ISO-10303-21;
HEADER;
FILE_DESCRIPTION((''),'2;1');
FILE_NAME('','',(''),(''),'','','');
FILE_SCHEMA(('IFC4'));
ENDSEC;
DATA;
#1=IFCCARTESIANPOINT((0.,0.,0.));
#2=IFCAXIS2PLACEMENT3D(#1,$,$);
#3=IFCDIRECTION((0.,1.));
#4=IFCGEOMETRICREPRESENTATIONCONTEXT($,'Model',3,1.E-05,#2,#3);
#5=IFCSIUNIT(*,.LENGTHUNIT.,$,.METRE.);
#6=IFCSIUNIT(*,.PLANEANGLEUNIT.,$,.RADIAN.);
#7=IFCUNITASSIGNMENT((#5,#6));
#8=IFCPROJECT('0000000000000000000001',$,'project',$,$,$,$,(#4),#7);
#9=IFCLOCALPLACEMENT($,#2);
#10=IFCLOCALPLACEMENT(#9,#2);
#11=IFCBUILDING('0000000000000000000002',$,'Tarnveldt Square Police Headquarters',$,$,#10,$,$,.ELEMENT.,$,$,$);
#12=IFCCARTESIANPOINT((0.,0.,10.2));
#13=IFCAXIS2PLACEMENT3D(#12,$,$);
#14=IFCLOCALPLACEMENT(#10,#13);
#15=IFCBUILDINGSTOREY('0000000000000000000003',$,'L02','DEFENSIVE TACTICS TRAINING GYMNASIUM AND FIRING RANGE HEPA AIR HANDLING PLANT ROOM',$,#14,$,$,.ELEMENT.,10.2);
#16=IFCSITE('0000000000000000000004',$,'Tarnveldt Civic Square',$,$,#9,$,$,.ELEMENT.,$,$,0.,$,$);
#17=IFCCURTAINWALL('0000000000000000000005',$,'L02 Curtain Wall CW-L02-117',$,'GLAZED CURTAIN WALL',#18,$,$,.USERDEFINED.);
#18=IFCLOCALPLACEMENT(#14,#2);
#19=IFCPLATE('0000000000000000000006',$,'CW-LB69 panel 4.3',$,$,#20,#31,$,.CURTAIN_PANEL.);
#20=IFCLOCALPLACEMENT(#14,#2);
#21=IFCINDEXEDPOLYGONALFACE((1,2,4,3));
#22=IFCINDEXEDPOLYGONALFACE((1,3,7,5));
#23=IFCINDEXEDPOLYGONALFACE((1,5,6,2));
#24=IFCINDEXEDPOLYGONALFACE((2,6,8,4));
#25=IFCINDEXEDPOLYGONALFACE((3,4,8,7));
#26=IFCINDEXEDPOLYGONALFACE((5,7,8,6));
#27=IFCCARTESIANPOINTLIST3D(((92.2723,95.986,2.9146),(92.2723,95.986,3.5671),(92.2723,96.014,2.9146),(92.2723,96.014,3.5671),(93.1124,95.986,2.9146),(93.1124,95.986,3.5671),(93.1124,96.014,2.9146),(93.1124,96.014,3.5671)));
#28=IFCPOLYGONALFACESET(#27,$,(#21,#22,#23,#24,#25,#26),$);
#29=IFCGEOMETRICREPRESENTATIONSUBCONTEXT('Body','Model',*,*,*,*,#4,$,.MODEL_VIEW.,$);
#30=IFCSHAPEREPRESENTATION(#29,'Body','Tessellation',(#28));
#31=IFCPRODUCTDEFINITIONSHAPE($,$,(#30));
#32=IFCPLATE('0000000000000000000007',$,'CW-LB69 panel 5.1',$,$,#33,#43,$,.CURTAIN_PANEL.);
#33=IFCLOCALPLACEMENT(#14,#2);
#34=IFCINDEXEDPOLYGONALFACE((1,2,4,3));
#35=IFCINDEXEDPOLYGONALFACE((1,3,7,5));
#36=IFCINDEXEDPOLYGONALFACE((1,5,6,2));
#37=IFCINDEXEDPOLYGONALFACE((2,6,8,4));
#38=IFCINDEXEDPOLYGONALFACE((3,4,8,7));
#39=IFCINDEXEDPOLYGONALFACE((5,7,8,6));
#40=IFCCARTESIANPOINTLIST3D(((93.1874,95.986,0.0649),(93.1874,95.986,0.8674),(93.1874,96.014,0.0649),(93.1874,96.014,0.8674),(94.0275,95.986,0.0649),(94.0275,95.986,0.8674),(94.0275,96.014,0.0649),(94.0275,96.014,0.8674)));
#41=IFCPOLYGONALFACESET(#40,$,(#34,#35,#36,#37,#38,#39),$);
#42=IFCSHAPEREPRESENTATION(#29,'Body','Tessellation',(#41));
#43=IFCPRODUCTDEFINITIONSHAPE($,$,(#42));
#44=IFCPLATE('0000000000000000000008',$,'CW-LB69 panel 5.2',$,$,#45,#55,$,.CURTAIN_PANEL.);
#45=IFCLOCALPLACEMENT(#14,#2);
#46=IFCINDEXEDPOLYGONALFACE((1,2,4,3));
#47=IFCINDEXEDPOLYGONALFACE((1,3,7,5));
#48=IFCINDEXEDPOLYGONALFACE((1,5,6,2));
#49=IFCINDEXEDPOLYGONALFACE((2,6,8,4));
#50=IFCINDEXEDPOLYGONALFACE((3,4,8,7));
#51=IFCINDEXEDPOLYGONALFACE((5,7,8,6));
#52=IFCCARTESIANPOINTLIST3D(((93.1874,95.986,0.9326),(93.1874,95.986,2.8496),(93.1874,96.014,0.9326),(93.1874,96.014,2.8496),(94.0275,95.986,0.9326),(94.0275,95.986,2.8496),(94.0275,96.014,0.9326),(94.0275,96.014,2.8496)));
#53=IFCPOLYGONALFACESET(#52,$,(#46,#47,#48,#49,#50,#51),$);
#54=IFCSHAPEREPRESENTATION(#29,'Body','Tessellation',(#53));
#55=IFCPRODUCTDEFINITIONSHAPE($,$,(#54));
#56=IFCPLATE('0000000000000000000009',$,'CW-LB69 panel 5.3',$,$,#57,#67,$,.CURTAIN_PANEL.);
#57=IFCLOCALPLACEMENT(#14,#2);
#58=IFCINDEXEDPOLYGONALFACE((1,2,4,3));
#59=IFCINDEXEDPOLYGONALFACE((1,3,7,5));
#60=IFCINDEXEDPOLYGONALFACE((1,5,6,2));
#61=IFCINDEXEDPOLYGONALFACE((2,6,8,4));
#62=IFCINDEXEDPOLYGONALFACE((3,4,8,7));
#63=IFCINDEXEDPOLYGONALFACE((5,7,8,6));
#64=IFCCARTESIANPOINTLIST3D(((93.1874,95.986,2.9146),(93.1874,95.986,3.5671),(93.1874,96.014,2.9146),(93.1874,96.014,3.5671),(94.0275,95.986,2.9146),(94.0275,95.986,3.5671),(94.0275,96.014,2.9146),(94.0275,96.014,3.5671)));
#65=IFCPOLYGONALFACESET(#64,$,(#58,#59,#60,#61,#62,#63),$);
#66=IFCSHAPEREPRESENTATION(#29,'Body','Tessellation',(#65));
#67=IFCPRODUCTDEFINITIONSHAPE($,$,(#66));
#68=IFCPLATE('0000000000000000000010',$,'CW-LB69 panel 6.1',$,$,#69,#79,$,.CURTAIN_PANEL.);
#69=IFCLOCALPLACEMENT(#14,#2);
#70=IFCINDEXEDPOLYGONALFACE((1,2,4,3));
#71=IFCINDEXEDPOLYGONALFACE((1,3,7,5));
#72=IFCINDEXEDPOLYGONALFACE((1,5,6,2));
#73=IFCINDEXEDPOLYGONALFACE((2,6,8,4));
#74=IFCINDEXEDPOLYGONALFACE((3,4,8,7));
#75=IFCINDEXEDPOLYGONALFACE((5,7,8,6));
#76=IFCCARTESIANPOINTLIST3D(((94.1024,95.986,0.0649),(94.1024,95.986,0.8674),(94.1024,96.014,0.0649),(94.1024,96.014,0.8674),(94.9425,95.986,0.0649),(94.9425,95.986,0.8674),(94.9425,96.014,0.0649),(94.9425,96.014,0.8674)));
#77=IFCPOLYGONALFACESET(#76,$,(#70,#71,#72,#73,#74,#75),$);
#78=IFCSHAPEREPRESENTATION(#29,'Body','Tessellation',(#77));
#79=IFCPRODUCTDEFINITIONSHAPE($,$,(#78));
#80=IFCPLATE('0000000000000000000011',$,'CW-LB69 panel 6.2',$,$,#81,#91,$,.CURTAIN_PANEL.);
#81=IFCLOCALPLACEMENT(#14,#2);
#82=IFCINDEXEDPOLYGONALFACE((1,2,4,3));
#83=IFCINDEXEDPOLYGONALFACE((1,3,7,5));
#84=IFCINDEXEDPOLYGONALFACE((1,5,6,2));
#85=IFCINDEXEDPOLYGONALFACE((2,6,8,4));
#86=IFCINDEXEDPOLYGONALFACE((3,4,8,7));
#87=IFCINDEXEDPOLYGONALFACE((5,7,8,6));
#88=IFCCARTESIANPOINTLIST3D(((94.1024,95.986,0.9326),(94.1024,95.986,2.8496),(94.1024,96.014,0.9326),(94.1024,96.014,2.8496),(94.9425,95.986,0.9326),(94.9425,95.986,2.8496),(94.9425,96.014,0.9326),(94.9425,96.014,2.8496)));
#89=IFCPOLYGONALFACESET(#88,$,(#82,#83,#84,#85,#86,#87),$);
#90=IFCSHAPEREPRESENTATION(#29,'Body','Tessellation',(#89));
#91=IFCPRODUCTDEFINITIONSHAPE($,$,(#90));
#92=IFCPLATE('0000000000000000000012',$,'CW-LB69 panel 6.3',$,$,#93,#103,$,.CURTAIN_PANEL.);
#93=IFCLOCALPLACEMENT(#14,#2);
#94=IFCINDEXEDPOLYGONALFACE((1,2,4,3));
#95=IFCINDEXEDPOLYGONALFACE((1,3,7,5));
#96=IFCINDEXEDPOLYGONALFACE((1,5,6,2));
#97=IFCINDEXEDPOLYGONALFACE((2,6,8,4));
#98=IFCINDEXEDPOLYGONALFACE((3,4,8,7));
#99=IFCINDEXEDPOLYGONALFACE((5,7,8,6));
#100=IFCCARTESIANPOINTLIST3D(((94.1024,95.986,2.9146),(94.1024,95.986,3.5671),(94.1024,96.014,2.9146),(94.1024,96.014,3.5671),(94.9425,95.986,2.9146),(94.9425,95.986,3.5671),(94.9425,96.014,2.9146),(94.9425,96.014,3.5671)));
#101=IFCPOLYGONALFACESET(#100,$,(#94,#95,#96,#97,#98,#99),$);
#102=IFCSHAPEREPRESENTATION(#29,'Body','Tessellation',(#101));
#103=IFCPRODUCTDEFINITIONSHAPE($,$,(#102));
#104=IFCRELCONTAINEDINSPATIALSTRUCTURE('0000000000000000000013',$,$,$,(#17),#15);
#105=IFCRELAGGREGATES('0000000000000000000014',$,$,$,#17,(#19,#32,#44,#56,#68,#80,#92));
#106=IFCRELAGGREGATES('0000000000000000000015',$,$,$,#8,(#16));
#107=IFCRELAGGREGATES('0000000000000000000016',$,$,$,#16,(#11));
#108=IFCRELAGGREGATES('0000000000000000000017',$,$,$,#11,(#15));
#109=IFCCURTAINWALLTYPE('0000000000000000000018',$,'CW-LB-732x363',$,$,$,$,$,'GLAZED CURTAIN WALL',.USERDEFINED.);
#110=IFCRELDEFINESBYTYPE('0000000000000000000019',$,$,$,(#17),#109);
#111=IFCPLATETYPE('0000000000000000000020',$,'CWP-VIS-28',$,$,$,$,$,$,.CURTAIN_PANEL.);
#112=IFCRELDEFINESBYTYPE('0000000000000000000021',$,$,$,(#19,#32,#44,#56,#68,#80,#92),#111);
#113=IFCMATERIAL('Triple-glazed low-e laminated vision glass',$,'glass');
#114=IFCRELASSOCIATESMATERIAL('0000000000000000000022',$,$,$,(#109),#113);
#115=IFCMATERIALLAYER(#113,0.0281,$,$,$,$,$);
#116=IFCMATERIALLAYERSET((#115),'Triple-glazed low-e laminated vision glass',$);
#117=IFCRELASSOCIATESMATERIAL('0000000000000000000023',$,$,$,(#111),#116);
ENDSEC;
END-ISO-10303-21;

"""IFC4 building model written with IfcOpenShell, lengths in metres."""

from ifc_helpers import new_model, si_unit, direction, frame, origin, origin_2d, place, context, subcontext, project, spatial, rectangle, extrude, material, layer, layer_set, type_object, element, aggregate, save


model = new_model("IFC4")

# Units and contexts
model_context = context("Model", 3, precision=1e-05, world=origin(), true_north=direction((0.0, 1.0)))
body_context = subcontext(model_context, "Body", "Model", "MODEL_VIEW")
ifc_project = project(units=[si_unit("LENGTHUNIT", "METRE"), si_unit("PLANEANGLEUNIT", "RADIAN")], contexts=[model_context])

# Site, building, storey
site_placement = place(None, origin())
site = spatial("IfcSite", under=ifc_project, at=site_placement, Name="Tarnveldt Civic Square", CompositionType="ELEMENT", RefElevation=0.0)
building_placement = place(site_placement, origin())
building = spatial("IfcBuilding", under=site, at=building_placement, Name="Tarnveldt Square Police Headquarters", CompositionType="ELEMENT")
storey_placement = place(building_placement, frame((0.0, 0.0, 10.2)))
storey = spatial("IfcBuildingStorey", under=building, at=storey_placement, Name="L02", Description="DEFENSIVE TACTICS TRAINING GYMNASIUM AND FIRING RANGE HEPA AIR HANDLING PLANT ROOM", CompositionType="ELEMENT", Elevation=10.2)

# Curtain wall, plates
ifc_material_1 = material(Name="Triple-glazed low-e laminated vision glass", Category="glass")
curtain_wall_type = type_object("IfcCurtainWallType", Name="CW-LB-732x363", ElementType="GLAZED CURTAIN WALL", PredefinedType="USERDEFINED", material=ifc_material_1)
curtain_wall_placement = place(storey_placement, origin())
curtain_wall = element("IfcCurtainWall", 1, at=curtain_wall_placement, inside=storey, type_object=curtain_wall_type, Name="L02 Curtain Wall CW-L02-117", ObjectType="GLAZED CURTAIN WALL", PredefinedType="USERDEFINED")
ifc_layer = layer(ifc_material_1, 0.0281)
ifc_layer_set = layer_set([ifc_layer], Name="Triple-glazed low-e laminated vision glass")
plate_type = type_object("IfcPlateType", Name="CWP-VIS-28", PredefinedType="CURTAIN_PANEL", material=ifc_layer_set)
plate_1_placement = place(storey_placement, frame((92.6924, 96.0, 2.9146), z_axis=(0.0, 0.0, 1.0), x_axis=(1.0, 0.0, 0.0)))
plate_1 = element("IfcPlate", 2, at=plate_1_placement, type_object=plate_type, Name="CW-LB69 panel 4.3", PredefinedType="CURTAIN_PANEL", context=body_context, shape_type="SweptSolid", body=[
    extrude(rectangle(XDim=0.8401, YDim=0.0281, at=origin_2d()), origin(), (0.0, 0.0, 1.0), 0.6526),
])
plate_2_placement = place(storey_placement, frame((93.6074, 96.0, 0.0649), z_axis=(0.0, 0.0, 1.0), x_axis=(1.0, 0.0, 0.0)))
plate_2 = element("IfcPlate", 3, at=plate_2_placement, type_object=plate_type, Name="CW-LB69 panel 5.1", PredefinedType="CURTAIN_PANEL", context=body_context, shape_type="SweptSolid", body=[
    extrude(rectangle(XDim=0.8401, YDim=0.0281, at=origin_2d()), origin(), (0.0, 0.0, 1.0), 0.8025),
])
plate_3_placement = place(storey_placement, frame((93.6074, 96.0, 0.9326), z_axis=(0.0, 0.0, 1.0), x_axis=(1.0, 0.0, 0.0)))
plate_3 = element("IfcPlate", 4, at=plate_3_placement, type_object=plate_type, Name="CW-LB69 panel 5.2", PredefinedType="CURTAIN_PANEL", context=body_context, shape_type="SweptSolid", body=[
    extrude(rectangle(XDim=0.8401, YDim=0.0281, at=origin_2d()), origin(), (0.0, 0.0, 1.0), 1.917),
])
plate_4_placement = place(storey_placement, frame((93.6074, 96.0, 2.9146), z_axis=(0.0, 0.0, 1.0), x_axis=(1.0, 0.0, 0.0)))
plate_4 = element("IfcPlate", 5, at=plate_4_placement, type_object=plate_type, Name="CW-LB69 panel 5.3", PredefinedType="CURTAIN_PANEL", context=body_context, shape_type="SweptSolid", body=[
    extrude(rectangle(XDim=0.8401, YDim=0.0281, at=origin_2d()), origin(), (0.0, 0.0, 1.0), 0.6526),
])
plate_5_placement = place(storey_placement, frame((94.5225, 96.0, 0.0649), z_axis=(0.0, 0.0, 1.0), x_axis=(1.0, 0.0, 0.0)))
plate_5 = element("IfcPlate", 6, at=plate_5_placement, type_object=plate_type, Name="CW-LB69 panel 6.1", PredefinedType="CURTAIN_PANEL", context=body_context, shape_type="SweptSolid", body=[
    extrude(rectangle(XDim=0.8401, YDim=0.0281, at=origin_2d()), origin(), (0.0, 0.0, 1.0), 0.8025),
])
plate_6_placement = place(storey_placement, frame((94.5225, 96.0, 0.9326), z_axis=(0.0, 0.0, 1.0), x_axis=(1.0, 0.0, 0.0)))
plate_6 = element("IfcPlate", 7, at=plate_6_placement, type_object=plate_type, Name="CW-LB69 panel 6.2", PredefinedType="CURTAIN_PANEL", context=body_context, shape_type="SweptSolid", body=[
    extrude(rectangle(XDim=0.8401, YDim=0.0281, at=origin_2d()), origin(), (0.0, 0.0, 1.0), 1.917),
])
plate_7_placement = place(storey_placement, frame((94.5225, 96.0, 2.9146), z_axis=(0.0, 0.0, 1.0), x_axis=(1.0, 0.0, 0.0)))
plate_7 = element("IfcPlate", 8, at=plate_7_placement, type_object=plate_type, Name="CW-LB69 panel 6.3", PredefinedType="CURTAIN_PANEL", context=body_context, shape_type="SweptSolid", body=[
    extrude(rectangle(XDim=0.8401, YDim=0.0281, at=origin_2d()), origin(), (0.0, 0.0, 1.0), 0.6526),
])
aggregate(curtain_wall, [plate_1, plate_2, plate_3, plate_4, plate_5, plate_6, plate_7])

save(model, "model.ifc")
